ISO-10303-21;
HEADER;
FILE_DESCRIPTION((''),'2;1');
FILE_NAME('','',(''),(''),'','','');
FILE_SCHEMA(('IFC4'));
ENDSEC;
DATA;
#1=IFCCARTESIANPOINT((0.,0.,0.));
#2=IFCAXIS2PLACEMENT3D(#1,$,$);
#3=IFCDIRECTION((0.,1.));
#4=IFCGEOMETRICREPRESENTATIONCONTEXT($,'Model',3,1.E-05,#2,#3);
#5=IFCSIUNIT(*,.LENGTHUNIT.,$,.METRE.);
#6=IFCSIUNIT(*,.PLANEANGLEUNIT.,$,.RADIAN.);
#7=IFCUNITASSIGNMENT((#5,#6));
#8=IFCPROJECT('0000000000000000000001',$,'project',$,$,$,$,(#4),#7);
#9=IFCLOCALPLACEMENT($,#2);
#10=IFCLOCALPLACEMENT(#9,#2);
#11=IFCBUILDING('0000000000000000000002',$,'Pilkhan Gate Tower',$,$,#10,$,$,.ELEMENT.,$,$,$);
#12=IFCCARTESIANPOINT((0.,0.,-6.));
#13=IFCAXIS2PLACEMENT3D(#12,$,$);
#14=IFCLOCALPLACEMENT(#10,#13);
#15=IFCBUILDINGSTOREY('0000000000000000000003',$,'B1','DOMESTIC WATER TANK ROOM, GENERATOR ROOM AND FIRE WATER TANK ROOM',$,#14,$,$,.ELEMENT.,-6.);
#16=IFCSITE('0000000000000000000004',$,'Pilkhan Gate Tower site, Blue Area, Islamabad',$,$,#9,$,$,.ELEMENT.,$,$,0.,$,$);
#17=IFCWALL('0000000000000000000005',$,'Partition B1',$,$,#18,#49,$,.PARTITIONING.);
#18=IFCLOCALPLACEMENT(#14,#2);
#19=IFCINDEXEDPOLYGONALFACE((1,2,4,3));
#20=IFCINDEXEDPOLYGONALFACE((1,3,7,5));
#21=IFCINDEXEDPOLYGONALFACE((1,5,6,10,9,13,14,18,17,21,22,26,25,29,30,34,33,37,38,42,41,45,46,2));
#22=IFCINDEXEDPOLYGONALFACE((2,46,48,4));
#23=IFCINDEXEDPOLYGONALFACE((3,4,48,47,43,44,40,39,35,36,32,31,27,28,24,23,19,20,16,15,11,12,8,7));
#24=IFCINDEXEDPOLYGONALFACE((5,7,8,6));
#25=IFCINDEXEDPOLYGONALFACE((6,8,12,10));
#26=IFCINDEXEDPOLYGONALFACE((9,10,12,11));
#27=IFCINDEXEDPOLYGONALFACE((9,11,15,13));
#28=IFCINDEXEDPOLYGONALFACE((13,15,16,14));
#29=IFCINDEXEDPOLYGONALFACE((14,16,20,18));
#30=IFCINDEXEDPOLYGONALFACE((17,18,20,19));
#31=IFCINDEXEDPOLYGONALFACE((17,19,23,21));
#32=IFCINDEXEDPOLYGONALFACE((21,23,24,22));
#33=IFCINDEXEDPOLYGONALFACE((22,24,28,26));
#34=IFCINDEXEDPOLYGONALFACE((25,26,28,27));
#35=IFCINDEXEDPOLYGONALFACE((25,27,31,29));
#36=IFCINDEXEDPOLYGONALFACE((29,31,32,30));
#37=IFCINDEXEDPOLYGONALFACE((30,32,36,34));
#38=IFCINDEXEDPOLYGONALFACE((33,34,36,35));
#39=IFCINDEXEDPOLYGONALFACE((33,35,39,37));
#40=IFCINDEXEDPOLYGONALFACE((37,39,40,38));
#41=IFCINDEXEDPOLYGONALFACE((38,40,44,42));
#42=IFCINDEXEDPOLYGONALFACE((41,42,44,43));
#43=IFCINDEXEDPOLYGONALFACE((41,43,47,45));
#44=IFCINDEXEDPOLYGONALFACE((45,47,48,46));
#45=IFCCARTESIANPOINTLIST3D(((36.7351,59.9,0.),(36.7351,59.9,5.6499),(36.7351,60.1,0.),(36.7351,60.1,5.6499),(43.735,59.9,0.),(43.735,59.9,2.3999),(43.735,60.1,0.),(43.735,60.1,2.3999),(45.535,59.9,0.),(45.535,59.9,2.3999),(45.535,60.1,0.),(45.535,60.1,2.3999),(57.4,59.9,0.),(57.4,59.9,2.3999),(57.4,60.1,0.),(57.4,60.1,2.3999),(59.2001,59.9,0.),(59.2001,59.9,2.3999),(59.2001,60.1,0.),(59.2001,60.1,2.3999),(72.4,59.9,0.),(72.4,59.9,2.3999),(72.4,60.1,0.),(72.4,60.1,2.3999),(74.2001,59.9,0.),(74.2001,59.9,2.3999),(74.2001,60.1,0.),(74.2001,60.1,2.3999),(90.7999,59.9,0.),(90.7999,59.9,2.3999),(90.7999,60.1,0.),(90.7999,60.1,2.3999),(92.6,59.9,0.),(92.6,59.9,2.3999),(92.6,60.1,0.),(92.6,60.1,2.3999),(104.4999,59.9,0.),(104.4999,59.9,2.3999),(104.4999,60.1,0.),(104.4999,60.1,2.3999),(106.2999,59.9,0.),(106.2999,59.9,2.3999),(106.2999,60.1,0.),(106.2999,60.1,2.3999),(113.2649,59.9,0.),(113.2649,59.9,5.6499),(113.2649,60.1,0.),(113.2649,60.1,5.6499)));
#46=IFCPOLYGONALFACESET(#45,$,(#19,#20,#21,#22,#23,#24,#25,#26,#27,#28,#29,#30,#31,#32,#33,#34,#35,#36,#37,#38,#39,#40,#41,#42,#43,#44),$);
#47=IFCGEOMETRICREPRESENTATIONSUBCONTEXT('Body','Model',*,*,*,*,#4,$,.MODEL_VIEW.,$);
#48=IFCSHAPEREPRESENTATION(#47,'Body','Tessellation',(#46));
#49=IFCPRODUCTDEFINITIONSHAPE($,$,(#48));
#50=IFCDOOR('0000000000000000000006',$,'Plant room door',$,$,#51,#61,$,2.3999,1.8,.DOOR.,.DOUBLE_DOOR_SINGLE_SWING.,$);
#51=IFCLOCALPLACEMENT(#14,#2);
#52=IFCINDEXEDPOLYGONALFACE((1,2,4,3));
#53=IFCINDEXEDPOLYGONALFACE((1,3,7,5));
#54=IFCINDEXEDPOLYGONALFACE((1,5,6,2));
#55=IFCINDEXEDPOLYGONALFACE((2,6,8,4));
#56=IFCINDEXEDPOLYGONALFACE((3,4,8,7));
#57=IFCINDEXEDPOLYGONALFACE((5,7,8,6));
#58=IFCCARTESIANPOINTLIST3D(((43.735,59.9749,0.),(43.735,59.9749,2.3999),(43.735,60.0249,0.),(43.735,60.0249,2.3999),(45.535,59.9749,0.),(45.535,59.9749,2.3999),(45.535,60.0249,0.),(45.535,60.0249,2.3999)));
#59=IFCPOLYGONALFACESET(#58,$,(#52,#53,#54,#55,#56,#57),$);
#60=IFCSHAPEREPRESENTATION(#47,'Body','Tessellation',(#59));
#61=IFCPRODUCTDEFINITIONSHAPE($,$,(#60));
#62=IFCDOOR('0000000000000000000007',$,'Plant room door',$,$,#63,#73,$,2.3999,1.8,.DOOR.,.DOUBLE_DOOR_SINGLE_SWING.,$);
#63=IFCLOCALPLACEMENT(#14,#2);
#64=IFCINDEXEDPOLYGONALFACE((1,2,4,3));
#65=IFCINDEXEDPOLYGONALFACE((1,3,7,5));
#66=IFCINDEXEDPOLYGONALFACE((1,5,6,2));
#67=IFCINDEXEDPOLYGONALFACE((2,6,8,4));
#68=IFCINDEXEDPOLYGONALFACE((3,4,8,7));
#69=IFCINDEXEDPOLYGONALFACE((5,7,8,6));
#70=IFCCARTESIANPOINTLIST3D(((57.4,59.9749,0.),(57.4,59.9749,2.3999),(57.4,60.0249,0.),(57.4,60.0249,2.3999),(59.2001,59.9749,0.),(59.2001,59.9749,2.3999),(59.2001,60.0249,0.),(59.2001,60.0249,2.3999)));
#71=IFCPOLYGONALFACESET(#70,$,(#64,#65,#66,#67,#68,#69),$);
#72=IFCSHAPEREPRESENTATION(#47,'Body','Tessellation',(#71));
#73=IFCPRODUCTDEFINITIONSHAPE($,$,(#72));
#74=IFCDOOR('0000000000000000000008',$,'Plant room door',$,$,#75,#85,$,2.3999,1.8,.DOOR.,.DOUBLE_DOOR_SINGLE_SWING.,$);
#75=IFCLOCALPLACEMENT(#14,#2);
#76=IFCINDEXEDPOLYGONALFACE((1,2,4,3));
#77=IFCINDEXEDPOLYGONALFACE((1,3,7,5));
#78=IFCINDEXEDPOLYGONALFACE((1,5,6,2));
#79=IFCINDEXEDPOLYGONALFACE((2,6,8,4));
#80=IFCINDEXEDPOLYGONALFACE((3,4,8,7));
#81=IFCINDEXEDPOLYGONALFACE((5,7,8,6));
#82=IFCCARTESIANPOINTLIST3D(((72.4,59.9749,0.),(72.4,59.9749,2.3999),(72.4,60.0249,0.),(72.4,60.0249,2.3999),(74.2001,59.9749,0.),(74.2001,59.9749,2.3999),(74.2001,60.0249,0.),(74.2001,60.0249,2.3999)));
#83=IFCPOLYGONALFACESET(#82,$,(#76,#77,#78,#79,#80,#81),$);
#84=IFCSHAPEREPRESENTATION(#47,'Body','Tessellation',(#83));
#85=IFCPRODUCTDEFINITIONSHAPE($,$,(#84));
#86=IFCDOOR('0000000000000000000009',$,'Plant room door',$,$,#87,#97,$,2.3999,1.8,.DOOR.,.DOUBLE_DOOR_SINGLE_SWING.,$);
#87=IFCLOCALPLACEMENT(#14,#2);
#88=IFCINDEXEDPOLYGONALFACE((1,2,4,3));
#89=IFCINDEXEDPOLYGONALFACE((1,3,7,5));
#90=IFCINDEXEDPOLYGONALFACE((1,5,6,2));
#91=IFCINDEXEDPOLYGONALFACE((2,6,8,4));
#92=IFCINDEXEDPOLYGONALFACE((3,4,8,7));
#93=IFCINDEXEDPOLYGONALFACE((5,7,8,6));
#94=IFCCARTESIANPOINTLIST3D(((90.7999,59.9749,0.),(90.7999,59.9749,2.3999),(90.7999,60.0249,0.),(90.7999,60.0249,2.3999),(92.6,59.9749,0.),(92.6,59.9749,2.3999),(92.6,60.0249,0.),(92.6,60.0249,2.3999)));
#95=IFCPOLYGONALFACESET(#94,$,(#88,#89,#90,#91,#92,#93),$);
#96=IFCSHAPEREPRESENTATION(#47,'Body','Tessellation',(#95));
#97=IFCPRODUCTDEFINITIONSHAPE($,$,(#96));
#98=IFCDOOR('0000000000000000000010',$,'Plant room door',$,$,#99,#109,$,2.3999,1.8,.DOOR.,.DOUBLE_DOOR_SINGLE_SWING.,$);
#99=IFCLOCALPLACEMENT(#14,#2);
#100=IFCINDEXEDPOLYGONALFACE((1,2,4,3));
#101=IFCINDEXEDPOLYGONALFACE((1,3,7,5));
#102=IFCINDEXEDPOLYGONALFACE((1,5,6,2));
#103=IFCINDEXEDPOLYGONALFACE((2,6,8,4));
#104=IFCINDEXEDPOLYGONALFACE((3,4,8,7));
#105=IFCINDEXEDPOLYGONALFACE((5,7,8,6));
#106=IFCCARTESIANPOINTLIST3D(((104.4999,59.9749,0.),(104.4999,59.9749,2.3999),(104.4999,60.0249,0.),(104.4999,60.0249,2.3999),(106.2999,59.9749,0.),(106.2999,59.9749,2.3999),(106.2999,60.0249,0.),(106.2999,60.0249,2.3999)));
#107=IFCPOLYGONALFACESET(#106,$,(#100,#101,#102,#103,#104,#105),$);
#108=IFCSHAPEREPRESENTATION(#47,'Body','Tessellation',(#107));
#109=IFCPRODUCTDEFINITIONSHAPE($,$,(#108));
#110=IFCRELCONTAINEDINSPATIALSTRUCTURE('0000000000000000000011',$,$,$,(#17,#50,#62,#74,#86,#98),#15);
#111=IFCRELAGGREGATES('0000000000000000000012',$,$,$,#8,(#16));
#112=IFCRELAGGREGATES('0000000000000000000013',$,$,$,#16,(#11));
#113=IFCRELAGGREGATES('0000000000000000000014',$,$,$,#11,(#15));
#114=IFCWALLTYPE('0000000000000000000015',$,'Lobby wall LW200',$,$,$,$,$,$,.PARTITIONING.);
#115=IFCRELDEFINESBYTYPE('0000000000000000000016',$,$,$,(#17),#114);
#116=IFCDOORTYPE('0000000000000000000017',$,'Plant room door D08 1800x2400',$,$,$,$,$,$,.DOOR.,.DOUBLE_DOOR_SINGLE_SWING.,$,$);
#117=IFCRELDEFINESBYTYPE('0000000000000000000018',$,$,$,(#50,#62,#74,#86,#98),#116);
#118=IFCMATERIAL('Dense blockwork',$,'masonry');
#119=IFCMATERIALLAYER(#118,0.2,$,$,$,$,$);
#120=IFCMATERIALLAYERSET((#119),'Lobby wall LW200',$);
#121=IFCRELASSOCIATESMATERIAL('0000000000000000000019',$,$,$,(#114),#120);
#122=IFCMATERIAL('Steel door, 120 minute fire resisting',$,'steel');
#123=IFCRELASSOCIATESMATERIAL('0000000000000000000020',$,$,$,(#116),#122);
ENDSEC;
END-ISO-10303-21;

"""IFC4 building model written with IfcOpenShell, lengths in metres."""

from ifc_helpers import new_model, si_unit, direction, frame, frame_2d, origin, place, context, subcontext, project, spatial, rectangle, extrude, material, layer, layer_set, type_object, element, fill, save


model = new_model("IFC4")

# Units and contexts
model_context = context("Model", 3, precision=1e-05, world=origin(), true_north=direction((0.0, 1.0)))
body_context = subcontext(model_context, "Body", "Model", "MODEL_VIEW")
ifc_project = project(units=[si_unit("LENGTHUNIT", "METRE"), si_unit("PLANEANGLEUNIT", "RADIAN")], contexts=[model_context])

# Site, building, storey
site_placement = place(None, origin())
site = spatial("IfcSite", under=ifc_project, at=site_placement, Name="Pilkhan Gate Tower site, Blue Area, Islamabad", CompositionType="ELEMENT", RefElevation=0.0)
building_placement = place(site_placement, origin())
building = spatial("IfcBuilding", under=site, at=building_placement, Name="Pilkhan Gate Tower", CompositionType="ELEMENT")
storey_placement = place(building_placement, frame((0.0, 0.0, -6.0)))
storey = spatial("IfcBuildingStorey", under=building, at=storey_placement, Name="B1", Description="DOMESTIC WATER TANK ROOM, GENERATOR ROOM AND FIRE WATER TANK ROOM", CompositionType="ELEMENT", Elevation=-6.0)

# Shared definitions
ifc_material_1 = material(Name="Dense blockwork", Category="masonry")

# Wall, openings, doors
ifc_layer_1 = layer(ifc_material_1, 0.2)
ifc_layer_set_1 = layer_set([ifc_layer_1], Name="Lobby wall LW200")
wall_type_1 = type_object("IfcWallType", Name="Lobby wall LW200", PredefinedType="PARTITIONING", material=ifc_layer_set_1)
wall_1_placement = place(storey_placement, frame((36.7351, 60.0, 0.0), z_axis=(0.0, 0.0, 1.0), x_axis=(1.0, 0.0, 0.0)))
wall_1 = element("IfcWall", 1, at=wall_1_placement, inside=storey, type_object=wall_type_1, Name="Partition B1", PredefinedType="PARTITIONING", context=body_context, shape_type="SweptSolid", body=[
    extrude(rectangle(XDim=76.5298, YDim=0.2, at=frame_2d((38.2649, 0.0))), origin(), (0.0, 0.0, 1.0), 5.6499),
])
opening_1_placement = place(wall_1_placement, frame((7.0, 0.0, 0.0)))
opening_1 = element("IfcOpeningElement", 2, at=opening_1_placement, cuts=wall_1, PredefinedType="OPENING", context=body_context, shape_type="SweptSolid", body=[
    extrude(rectangle(XDim=1.8, YDim=2.3999, at=frame_2d((0.8999, 1.2))), frame((0.0, 0.1099, 0.0), z_axis=(0.0, -1.0, 0.0), x_axis=(1.0, 0.0, 0.0)), (0.0, 0.0, 1.0), 0.22),
])
opening_2_placement = place(wall_1_placement, frame((20.665, 0.0, 0.0)))
opening_2 = element("IfcOpeningElement", 3, at=opening_2_placement, cuts=wall_1, PredefinedType="OPENING", context=body_context, shape_type="SweptSolid", body=[
    extrude(rectangle(XDim=1.8, YDim=2.3999, at=frame_2d((0.8999, 1.2))), frame((0.0, 0.1099, 0.0), z_axis=(0.0, -1.0, 0.0), x_axis=(1.0, 0.0, 0.0)), (0.0, 0.0, 1.0), 0.22),
])
opening_3_placement = place(wall_1_placement, frame((35.665, 0.0, 0.0)))
opening_3 = element("IfcOpeningElement", 4, at=opening_3_placement, cuts=wall_1, PredefinedType="OPENING", context=body_context, shape_type="SweptSolid", body=[
    extrude(rectangle(XDim=1.8, YDim=2.3999, at=frame_2d((0.8999, 1.2))), frame((0.0, 0.1099, 0.0), z_axis=(0.0, -1.0, 0.0), x_axis=(1.0, 0.0, 0.0)), (0.0, 0.0, 1.0), 0.22),
])
opening_4_placement = place(wall_1_placement, frame((54.0649, 0.0, 0.0)))
opening_4 = element("IfcOpeningElement", 5, at=opening_4_placement, cuts=wall_1, PredefinedType="OPENING", context=body_context, shape_type="SweptSolid", body=[
    extrude(rectangle(XDim=1.8, YDim=2.3999, at=frame_2d((0.8999, 1.2))), frame((0.0, 0.1099, 0.0), z_axis=(0.0, -1.0, 0.0), x_axis=(1.0, 0.0, 0.0)), (0.0, 0.0, 1.0), 0.22),
])
opening_5_placement = place(wall_1_placement, frame((67.7649, 0.0, 0.0)))
opening_5 = element("IfcOpeningElement", 6, at=opening_5_placement, cuts=wall_1, PredefinedType="OPENING", context=body_context, shape_type="SweptSolid", body=[
    extrude(rectangle(XDim=1.8, YDim=2.3999, at=frame_2d((0.8999, 1.2))), frame((0.0, 0.1099, 0.0), z_axis=(0.0, -1.0, 0.0), x_axis=(1.0, 0.0, 0.0)), (0.0, 0.0, 1.0), 0.22),
])
ifc_material_2 = material(Name="Steel door, 120 minute fire resisting", Category="steel")
door_type_1 = type_object("IfcDoorType", Name="Plant room door D08 1800x2400", OperationType="DOUBLE_DOOR_SINGLE_SWING", PredefinedType="DOOR", material=ifc_material_2)
door_1_placement = place(opening_1_placement, origin())
door_1 = element("IfcDoor", 7, at=door_1_placement, inside=storey, type_object=door_type_1, Name="Plant room door", OperationType="DOUBLE_DOOR_SINGLE_SWING", OverallHeight=2.3999, OverallWidth=1.8, PredefinedType="DOOR", context=body_context, shape_type="SweptSolid", body=[
    extrude(rectangle(XDim=1.8, YDim=2.3999, at=frame_2d((0.8999, 1.2))), frame((0.0, 0.0249, 0.0), z_axis=(0.0, -1.0, 0.0), x_axis=(1.0, 0.0, 0.0)), (0.0, 0.0, 1.0), 0.05),
])
fill(opening_1, door_1)
door_2_placement = place(opening_2_placement, origin())
door_2 = element("IfcDoor", 8, at=door_2_placement, inside=storey, type_object=door_type_1, Name="Plant room door", OperationType="DOUBLE_DOOR_SINGLE_SWING", OverallHeight=2.3999, OverallWidth=1.8, PredefinedType="DOOR", context=body_context, shape_type="SweptSolid", body=[
    extrude(rectangle(XDim=1.8, YDim=2.3999, at=frame_2d((0.8999, 1.2))), frame((0.0, 0.0249, 0.0), z_axis=(0.0, -1.0, 0.0), x_axis=(1.0, 0.0, 0.0)), (0.0, 0.0, 1.0), 0.05),
])
fill(opening_2, door_2)
door_3_placement = place(opening_3_placement, origin())
door_3 = element("IfcDoor", 9, at=door_3_placement, inside=storey, type_object=door_type_1, Name="Plant room door", OperationType="DOUBLE_DOOR_SINGLE_SWING", OverallHeight=2.3999, OverallWidth=1.8, PredefinedType="DOOR", context=body_context, shape_type="SweptSolid", body=[
    extrude(rectangle(XDim=1.8, YDim=2.3999, at=frame_2d((0.8999, 1.2))), frame((0.0, 0.0249, 0.0), z_axis=(0.0, -1.0, 0.0), x_axis=(1.0, 0.0, 0.0)), (0.0, 0.0, 1.0), 0.05),
])
fill(opening_3, door_3)
door_4_placement = place(opening_4_placement, origin())
door_4 = element("IfcDoor", 10, at=door_4_placement, inside=storey, type_object=door_type_1, Name="Plant room door", OperationType="DOUBLE_DOOR_SINGLE_SWING", OverallHeight=2.3999, OverallWidth=1.8, PredefinedType="DOOR", context=body_context, shape_type="SweptSolid", body=[
    extrude(rectangle(XDim=1.8, YDim=2.3999, at=frame_2d((0.8999, 1.2))), frame((0.0, 0.0249, 0.0), z_axis=(0.0, -1.0, 0.0), x_axis=(1.0, 0.0, 0.0)), (0.0, 0.0, 1.0), 0.05),
])
fill(opening_4, door_4)
door_5_placement = place(opening_5_placement, origin())
door_5 = element("IfcDoor", 11, at=door_5_placement, inside=storey, type_object=door_type_1, Name="Plant room door", OperationType="DOUBLE_DOOR_SINGLE_SWING", OverallHeight=2.3999, OverallWidth=1.8, PredefinedType="DOOR", context=body_context, shape_type="SweptSolid", body=[
    extrude(rectangle(XDim=1.8, YDim=2.3999, at=frame_2d((0.8999, 1.2))), frame((0.0, 0.0249, 0.0), z_axis=(0.0, -1.0, 0.0), x_axis=(1.0, 0.0, 0.0)), (0.0, 0.0, 1.0), 0.05),
])
fill(opening_5, door_5)

save(model, "model.ifc")
